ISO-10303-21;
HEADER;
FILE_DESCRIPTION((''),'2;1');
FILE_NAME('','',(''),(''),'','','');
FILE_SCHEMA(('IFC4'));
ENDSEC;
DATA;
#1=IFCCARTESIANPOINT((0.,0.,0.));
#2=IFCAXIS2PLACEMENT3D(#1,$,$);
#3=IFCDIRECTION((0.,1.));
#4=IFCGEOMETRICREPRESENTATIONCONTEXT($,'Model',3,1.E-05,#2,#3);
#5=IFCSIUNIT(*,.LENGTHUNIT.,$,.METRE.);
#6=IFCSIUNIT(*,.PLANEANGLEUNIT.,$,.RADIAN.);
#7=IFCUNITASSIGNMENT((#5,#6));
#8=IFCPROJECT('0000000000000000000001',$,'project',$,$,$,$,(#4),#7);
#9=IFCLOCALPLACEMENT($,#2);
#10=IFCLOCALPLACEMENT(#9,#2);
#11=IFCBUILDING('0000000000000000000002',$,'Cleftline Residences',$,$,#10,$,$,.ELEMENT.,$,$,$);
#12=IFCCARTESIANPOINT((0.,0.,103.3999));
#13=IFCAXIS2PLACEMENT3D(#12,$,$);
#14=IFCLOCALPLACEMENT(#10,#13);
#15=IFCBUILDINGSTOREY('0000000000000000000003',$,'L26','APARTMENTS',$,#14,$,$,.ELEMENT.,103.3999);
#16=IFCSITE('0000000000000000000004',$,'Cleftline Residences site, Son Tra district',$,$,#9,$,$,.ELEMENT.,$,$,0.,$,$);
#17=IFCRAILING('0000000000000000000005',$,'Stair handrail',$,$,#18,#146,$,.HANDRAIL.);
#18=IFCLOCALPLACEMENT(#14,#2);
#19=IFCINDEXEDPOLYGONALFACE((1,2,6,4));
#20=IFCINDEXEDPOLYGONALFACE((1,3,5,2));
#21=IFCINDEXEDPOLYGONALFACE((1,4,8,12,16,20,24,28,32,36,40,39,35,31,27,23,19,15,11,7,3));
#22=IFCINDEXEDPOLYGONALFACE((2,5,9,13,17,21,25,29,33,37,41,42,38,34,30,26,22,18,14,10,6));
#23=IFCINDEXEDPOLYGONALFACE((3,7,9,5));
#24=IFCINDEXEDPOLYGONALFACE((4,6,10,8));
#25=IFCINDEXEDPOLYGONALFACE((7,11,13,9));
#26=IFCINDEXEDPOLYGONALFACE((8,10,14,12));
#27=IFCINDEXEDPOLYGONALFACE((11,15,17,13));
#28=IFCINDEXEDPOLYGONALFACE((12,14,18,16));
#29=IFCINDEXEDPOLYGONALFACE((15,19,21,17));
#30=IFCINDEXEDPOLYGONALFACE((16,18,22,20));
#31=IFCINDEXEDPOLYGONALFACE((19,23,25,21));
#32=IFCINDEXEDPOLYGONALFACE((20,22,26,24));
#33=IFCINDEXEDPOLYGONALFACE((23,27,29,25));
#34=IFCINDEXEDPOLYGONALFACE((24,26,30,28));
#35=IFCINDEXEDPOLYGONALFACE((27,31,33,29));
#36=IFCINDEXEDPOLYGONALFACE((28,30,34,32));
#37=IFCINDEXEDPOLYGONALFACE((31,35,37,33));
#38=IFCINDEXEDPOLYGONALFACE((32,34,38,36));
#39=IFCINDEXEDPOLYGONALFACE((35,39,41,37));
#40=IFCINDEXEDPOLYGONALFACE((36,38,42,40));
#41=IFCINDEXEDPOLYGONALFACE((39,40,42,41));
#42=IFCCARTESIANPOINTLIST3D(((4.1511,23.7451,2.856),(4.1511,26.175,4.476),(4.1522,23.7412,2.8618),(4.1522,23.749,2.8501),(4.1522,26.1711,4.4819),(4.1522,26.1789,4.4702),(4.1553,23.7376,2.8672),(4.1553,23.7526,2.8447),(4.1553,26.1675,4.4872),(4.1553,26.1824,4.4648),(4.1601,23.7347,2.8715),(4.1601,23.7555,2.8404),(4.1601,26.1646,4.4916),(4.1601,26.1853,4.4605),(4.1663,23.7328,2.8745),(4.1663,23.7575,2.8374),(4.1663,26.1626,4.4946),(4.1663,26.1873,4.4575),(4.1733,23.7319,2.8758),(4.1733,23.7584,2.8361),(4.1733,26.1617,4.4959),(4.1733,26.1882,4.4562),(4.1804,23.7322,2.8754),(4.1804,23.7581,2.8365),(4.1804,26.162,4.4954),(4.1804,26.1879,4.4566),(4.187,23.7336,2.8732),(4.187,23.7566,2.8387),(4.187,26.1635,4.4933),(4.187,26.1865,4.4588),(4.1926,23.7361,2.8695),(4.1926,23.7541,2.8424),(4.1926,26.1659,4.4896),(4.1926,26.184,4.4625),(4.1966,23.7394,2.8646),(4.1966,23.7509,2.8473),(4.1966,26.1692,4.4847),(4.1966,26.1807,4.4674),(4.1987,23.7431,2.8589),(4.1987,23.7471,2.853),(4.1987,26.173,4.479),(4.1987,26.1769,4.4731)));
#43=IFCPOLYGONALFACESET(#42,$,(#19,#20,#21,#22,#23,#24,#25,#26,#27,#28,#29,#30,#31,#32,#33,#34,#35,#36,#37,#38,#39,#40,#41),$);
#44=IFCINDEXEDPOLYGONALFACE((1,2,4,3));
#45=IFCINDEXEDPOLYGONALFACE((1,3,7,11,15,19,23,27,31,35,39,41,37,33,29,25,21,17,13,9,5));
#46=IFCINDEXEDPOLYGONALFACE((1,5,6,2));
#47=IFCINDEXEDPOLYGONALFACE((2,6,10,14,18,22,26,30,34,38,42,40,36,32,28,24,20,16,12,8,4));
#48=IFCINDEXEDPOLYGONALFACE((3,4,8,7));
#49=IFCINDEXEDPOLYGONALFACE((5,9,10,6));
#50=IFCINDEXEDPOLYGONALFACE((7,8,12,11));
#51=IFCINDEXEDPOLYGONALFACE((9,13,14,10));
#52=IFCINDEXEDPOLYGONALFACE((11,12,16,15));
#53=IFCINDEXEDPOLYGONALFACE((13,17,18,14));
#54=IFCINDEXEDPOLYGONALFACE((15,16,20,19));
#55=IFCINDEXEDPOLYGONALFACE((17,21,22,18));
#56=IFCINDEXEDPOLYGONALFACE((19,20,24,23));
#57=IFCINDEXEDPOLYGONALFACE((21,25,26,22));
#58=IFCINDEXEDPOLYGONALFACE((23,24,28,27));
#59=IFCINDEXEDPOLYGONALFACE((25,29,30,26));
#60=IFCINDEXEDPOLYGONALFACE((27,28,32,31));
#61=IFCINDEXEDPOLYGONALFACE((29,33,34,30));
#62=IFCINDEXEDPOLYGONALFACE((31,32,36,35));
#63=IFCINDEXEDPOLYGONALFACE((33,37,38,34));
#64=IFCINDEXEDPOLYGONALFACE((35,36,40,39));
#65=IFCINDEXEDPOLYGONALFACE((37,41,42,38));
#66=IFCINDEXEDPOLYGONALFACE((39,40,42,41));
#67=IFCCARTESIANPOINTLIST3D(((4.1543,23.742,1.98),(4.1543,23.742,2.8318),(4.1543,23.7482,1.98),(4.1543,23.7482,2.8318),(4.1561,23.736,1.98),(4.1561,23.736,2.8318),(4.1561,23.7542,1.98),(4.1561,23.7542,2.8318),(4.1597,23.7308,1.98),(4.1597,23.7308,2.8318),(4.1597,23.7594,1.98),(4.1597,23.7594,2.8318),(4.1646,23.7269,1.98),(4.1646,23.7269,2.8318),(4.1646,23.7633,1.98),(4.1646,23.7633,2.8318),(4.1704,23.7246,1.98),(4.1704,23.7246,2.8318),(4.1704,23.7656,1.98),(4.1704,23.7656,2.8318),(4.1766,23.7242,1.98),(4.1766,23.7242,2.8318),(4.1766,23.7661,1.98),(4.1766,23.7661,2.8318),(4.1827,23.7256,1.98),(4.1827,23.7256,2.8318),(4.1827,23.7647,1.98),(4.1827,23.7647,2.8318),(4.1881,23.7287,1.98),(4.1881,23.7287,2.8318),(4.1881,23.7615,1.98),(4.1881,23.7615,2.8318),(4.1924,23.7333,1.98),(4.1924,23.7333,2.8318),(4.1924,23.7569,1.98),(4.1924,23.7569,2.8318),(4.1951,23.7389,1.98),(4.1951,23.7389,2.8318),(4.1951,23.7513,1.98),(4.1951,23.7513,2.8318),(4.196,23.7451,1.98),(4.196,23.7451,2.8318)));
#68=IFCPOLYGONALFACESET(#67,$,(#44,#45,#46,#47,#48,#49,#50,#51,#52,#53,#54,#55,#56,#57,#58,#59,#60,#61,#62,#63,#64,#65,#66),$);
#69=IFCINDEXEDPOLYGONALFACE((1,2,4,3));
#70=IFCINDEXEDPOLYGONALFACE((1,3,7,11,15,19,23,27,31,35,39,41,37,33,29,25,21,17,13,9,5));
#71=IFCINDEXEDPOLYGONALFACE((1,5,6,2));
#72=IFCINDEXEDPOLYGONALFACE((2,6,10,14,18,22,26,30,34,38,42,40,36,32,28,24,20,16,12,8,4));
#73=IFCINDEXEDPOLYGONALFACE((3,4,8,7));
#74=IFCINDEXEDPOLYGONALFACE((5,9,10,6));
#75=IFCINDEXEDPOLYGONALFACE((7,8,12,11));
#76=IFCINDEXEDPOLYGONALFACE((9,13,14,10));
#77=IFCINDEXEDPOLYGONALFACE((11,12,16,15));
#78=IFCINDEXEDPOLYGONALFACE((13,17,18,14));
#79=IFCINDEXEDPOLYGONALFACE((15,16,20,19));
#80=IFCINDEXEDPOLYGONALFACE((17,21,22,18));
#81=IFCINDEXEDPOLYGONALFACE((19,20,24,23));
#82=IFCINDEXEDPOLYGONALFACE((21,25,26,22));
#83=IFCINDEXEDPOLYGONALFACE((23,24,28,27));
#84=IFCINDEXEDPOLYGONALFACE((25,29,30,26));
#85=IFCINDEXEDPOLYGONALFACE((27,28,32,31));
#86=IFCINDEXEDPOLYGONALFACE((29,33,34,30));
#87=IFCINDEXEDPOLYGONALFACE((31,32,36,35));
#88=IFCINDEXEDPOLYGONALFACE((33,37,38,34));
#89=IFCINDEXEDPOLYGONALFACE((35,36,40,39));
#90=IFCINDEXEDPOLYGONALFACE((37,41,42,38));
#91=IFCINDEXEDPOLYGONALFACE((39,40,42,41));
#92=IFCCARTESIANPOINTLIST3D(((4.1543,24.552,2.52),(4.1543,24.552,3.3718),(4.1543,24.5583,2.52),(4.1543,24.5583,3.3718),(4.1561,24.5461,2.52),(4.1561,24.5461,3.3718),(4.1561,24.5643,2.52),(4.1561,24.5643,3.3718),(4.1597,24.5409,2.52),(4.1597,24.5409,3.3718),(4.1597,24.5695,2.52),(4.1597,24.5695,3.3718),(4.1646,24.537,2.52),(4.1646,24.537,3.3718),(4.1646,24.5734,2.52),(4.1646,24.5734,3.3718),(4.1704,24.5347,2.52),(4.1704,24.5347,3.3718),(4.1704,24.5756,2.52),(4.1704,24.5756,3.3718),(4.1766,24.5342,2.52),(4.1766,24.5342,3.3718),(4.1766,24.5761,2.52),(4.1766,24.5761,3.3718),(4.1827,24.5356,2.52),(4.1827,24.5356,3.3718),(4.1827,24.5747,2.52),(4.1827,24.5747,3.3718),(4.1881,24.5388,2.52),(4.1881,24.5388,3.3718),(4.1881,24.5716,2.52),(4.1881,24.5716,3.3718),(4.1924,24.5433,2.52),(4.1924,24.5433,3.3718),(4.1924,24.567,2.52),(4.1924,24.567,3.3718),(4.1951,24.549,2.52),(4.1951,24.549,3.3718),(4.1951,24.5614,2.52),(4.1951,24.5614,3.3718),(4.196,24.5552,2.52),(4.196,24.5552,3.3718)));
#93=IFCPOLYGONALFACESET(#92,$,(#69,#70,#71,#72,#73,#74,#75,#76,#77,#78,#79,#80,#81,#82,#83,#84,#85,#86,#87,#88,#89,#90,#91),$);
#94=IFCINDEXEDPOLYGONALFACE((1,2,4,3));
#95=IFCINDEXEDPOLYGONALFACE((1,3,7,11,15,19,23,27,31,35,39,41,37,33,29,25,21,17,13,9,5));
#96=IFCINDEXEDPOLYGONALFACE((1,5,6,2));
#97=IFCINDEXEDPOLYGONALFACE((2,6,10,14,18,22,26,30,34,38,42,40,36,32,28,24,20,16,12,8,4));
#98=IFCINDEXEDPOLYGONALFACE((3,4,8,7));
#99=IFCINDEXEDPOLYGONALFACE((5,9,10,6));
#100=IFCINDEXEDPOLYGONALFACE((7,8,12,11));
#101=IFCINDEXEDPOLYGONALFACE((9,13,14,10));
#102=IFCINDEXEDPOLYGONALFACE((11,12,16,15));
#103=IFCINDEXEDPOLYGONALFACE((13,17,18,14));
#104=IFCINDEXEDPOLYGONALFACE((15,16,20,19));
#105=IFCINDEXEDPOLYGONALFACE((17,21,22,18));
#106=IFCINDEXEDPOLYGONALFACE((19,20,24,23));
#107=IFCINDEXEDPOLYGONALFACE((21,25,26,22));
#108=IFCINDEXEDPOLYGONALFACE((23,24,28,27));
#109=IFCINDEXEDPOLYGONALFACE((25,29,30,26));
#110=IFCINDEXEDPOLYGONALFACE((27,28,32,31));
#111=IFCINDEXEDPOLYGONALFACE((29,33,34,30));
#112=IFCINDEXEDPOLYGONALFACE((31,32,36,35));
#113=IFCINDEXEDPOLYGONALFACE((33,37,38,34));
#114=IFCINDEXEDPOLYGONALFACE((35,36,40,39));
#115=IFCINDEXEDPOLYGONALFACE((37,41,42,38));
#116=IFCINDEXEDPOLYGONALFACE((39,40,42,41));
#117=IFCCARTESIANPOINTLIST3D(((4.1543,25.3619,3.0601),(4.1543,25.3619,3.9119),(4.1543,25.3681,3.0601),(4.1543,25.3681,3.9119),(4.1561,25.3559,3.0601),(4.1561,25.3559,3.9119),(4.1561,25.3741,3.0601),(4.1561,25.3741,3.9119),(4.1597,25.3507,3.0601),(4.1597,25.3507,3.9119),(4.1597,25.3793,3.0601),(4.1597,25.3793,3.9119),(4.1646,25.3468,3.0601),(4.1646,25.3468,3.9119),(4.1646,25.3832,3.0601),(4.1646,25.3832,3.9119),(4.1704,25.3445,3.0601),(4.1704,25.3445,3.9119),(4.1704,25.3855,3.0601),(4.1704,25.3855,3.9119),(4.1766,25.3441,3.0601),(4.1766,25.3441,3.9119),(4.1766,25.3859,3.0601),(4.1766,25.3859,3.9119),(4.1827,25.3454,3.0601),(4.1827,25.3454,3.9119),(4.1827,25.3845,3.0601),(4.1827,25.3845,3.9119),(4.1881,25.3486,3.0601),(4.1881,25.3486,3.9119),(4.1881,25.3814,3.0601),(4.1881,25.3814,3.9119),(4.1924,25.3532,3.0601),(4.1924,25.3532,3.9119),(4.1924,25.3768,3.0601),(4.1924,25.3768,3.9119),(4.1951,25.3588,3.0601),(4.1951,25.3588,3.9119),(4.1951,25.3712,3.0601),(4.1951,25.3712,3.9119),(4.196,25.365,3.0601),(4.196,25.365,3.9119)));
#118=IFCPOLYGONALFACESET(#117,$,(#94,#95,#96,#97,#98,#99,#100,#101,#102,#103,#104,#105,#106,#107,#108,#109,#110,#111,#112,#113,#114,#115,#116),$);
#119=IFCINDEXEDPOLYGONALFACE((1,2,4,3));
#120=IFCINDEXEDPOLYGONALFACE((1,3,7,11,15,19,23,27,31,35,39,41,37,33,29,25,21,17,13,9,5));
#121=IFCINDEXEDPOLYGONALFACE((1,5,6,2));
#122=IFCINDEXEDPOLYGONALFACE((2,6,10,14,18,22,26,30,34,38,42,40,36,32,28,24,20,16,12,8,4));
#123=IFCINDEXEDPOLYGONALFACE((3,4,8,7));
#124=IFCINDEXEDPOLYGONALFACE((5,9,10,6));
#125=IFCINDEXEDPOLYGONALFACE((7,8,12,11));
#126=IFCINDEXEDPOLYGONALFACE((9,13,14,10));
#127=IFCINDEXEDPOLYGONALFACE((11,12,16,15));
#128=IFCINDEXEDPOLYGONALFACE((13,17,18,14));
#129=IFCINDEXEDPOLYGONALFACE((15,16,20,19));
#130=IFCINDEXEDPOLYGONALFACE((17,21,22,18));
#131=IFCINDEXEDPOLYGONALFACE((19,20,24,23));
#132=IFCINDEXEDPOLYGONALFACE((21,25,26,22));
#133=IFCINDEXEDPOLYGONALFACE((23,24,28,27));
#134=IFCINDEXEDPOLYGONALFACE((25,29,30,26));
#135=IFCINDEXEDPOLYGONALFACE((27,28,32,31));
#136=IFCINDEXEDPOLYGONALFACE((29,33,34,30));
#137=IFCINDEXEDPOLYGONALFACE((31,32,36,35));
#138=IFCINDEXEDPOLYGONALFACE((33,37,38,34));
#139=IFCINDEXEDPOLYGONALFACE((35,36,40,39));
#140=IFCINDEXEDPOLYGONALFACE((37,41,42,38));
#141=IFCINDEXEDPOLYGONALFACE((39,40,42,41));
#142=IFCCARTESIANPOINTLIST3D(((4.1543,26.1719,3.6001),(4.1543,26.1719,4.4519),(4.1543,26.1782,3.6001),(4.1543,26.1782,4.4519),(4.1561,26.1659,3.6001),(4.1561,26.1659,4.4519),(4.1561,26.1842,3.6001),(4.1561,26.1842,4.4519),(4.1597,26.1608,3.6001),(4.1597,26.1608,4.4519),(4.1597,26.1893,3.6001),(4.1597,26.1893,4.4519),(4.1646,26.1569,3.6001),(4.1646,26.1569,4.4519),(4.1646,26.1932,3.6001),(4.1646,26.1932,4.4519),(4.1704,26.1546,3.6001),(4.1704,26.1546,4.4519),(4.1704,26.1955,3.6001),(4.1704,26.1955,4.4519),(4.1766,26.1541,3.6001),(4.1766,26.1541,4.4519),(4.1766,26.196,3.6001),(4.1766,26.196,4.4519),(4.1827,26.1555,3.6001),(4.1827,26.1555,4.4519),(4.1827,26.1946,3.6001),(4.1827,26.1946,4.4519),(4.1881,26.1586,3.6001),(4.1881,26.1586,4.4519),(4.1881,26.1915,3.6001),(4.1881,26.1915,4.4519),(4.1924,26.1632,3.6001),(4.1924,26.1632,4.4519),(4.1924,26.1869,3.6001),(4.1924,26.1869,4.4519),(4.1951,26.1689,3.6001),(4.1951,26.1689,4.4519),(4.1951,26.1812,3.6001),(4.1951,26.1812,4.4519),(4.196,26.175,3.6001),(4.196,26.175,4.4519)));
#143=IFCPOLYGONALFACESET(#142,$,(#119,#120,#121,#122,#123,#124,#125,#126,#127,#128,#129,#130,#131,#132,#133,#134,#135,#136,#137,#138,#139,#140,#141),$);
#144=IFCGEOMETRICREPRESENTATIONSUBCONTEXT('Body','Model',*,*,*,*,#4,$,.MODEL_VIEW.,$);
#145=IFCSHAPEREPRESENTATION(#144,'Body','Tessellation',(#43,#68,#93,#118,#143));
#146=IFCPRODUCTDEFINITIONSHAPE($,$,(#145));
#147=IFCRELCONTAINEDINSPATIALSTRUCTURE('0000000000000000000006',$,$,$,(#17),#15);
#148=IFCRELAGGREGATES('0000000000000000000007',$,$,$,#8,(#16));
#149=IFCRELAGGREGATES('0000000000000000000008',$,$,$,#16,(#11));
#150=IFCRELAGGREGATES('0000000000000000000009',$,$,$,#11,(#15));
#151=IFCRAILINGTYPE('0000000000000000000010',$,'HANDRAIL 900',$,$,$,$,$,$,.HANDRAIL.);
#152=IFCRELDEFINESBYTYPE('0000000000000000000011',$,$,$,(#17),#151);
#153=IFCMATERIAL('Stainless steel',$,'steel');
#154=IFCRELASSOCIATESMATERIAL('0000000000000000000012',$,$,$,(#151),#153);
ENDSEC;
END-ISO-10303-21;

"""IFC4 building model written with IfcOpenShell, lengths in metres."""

from ifc_helpers import new_model, si_unit, direction, frame, origin, origin_2d, place, context, subcontext, project, spatial, circle, extrude, material, type_object, element, save


model = new_model("IFC4")

# Units and contexts
model_context = context("Model", 3, precision=1e-05, world=origin(), true_north=direction((0.0, 1.0)))
body_context = subcontext(model_context, "Body", "Model", "MODEL_VIEW")
ifc_project = project(units=[si_unit("LENGTHUNIT", "METRE"), si_unit("PLANEANGLEUNIT", "RADIAN")], contexts=[model_context])

# Site, building, storey
site_placement = place(None, origin())
site = spatial("IfcSite", under=ifc_project, at=site_placement, Name="Cleftline Residences site, Son Tra district", CompositionType="ELEMENT", RefElevation=0.0)
building_placement = place(site_placement, origin())
building = spatial("IfcBuilding", under=site, at=building_placement, Name="Cleftline Residences", CompositionType="ELEMENT")
storey_placement = place(building_placement, frame((0.0, 0.0, 103.3999)))
storey = spatial("IfcBuildingStorey", under=building, at=storey_placement, Name="L26", Description="APARTMENTS", CompositionType="ELEMENT", Elevation=103.3999)

# Railing
ifc_material_1 = material(Name="Stainless steel", Category="steel")
railing_type = type_object("IfcRailingType", Name="HANDRAIL 900", PredefinedType="HANDRAIL", material=ifc_material_1)
railing_1_placement = place(storey_placement, frame((4.175, 23.7451, 1.98)))
element("IfcRailing", 1, at=railing_1_placement, inside=storey, type_object=railing_type, Name="Stair handrail", PredefinedType="HANDRAIL", context=body_context, shape_type="SweptSolid", body=[
    extrude(circle(Radius=0.0239, at=origin_2d()), frame((0.0, 0.0, 0.876), z_axis=(0.0, 0.832025, 0.554739), x_axis=(-1.0, 0.0, 0.0)), (0.0, 0.0, 1.0), 2.9204),
    extrude(circle(Radius=0.021, at=origin_2d()), origin(), (0.0, 0.0, 1.0), 0.8518),
    extrude(circle(Radius=0.021, at=origin_2d()), frame((0.0, 0.8101, 0.54)), (0.0, 0.0, 1.0), 0.8518),
    extrude(circle(Radius=0.021, at=origin_2d()), frame((0.0, 1.6199, 1.0801)), (0.0, 0.0, 1.0), 0.8518),
    extrude(circle(Radius=0.021, at=origin_2d()), frame((0.0, 2.4299, 1.6201)), (0.0, 0.0, 1.0), 0.8518),
])

save(model, "model.ifc")
